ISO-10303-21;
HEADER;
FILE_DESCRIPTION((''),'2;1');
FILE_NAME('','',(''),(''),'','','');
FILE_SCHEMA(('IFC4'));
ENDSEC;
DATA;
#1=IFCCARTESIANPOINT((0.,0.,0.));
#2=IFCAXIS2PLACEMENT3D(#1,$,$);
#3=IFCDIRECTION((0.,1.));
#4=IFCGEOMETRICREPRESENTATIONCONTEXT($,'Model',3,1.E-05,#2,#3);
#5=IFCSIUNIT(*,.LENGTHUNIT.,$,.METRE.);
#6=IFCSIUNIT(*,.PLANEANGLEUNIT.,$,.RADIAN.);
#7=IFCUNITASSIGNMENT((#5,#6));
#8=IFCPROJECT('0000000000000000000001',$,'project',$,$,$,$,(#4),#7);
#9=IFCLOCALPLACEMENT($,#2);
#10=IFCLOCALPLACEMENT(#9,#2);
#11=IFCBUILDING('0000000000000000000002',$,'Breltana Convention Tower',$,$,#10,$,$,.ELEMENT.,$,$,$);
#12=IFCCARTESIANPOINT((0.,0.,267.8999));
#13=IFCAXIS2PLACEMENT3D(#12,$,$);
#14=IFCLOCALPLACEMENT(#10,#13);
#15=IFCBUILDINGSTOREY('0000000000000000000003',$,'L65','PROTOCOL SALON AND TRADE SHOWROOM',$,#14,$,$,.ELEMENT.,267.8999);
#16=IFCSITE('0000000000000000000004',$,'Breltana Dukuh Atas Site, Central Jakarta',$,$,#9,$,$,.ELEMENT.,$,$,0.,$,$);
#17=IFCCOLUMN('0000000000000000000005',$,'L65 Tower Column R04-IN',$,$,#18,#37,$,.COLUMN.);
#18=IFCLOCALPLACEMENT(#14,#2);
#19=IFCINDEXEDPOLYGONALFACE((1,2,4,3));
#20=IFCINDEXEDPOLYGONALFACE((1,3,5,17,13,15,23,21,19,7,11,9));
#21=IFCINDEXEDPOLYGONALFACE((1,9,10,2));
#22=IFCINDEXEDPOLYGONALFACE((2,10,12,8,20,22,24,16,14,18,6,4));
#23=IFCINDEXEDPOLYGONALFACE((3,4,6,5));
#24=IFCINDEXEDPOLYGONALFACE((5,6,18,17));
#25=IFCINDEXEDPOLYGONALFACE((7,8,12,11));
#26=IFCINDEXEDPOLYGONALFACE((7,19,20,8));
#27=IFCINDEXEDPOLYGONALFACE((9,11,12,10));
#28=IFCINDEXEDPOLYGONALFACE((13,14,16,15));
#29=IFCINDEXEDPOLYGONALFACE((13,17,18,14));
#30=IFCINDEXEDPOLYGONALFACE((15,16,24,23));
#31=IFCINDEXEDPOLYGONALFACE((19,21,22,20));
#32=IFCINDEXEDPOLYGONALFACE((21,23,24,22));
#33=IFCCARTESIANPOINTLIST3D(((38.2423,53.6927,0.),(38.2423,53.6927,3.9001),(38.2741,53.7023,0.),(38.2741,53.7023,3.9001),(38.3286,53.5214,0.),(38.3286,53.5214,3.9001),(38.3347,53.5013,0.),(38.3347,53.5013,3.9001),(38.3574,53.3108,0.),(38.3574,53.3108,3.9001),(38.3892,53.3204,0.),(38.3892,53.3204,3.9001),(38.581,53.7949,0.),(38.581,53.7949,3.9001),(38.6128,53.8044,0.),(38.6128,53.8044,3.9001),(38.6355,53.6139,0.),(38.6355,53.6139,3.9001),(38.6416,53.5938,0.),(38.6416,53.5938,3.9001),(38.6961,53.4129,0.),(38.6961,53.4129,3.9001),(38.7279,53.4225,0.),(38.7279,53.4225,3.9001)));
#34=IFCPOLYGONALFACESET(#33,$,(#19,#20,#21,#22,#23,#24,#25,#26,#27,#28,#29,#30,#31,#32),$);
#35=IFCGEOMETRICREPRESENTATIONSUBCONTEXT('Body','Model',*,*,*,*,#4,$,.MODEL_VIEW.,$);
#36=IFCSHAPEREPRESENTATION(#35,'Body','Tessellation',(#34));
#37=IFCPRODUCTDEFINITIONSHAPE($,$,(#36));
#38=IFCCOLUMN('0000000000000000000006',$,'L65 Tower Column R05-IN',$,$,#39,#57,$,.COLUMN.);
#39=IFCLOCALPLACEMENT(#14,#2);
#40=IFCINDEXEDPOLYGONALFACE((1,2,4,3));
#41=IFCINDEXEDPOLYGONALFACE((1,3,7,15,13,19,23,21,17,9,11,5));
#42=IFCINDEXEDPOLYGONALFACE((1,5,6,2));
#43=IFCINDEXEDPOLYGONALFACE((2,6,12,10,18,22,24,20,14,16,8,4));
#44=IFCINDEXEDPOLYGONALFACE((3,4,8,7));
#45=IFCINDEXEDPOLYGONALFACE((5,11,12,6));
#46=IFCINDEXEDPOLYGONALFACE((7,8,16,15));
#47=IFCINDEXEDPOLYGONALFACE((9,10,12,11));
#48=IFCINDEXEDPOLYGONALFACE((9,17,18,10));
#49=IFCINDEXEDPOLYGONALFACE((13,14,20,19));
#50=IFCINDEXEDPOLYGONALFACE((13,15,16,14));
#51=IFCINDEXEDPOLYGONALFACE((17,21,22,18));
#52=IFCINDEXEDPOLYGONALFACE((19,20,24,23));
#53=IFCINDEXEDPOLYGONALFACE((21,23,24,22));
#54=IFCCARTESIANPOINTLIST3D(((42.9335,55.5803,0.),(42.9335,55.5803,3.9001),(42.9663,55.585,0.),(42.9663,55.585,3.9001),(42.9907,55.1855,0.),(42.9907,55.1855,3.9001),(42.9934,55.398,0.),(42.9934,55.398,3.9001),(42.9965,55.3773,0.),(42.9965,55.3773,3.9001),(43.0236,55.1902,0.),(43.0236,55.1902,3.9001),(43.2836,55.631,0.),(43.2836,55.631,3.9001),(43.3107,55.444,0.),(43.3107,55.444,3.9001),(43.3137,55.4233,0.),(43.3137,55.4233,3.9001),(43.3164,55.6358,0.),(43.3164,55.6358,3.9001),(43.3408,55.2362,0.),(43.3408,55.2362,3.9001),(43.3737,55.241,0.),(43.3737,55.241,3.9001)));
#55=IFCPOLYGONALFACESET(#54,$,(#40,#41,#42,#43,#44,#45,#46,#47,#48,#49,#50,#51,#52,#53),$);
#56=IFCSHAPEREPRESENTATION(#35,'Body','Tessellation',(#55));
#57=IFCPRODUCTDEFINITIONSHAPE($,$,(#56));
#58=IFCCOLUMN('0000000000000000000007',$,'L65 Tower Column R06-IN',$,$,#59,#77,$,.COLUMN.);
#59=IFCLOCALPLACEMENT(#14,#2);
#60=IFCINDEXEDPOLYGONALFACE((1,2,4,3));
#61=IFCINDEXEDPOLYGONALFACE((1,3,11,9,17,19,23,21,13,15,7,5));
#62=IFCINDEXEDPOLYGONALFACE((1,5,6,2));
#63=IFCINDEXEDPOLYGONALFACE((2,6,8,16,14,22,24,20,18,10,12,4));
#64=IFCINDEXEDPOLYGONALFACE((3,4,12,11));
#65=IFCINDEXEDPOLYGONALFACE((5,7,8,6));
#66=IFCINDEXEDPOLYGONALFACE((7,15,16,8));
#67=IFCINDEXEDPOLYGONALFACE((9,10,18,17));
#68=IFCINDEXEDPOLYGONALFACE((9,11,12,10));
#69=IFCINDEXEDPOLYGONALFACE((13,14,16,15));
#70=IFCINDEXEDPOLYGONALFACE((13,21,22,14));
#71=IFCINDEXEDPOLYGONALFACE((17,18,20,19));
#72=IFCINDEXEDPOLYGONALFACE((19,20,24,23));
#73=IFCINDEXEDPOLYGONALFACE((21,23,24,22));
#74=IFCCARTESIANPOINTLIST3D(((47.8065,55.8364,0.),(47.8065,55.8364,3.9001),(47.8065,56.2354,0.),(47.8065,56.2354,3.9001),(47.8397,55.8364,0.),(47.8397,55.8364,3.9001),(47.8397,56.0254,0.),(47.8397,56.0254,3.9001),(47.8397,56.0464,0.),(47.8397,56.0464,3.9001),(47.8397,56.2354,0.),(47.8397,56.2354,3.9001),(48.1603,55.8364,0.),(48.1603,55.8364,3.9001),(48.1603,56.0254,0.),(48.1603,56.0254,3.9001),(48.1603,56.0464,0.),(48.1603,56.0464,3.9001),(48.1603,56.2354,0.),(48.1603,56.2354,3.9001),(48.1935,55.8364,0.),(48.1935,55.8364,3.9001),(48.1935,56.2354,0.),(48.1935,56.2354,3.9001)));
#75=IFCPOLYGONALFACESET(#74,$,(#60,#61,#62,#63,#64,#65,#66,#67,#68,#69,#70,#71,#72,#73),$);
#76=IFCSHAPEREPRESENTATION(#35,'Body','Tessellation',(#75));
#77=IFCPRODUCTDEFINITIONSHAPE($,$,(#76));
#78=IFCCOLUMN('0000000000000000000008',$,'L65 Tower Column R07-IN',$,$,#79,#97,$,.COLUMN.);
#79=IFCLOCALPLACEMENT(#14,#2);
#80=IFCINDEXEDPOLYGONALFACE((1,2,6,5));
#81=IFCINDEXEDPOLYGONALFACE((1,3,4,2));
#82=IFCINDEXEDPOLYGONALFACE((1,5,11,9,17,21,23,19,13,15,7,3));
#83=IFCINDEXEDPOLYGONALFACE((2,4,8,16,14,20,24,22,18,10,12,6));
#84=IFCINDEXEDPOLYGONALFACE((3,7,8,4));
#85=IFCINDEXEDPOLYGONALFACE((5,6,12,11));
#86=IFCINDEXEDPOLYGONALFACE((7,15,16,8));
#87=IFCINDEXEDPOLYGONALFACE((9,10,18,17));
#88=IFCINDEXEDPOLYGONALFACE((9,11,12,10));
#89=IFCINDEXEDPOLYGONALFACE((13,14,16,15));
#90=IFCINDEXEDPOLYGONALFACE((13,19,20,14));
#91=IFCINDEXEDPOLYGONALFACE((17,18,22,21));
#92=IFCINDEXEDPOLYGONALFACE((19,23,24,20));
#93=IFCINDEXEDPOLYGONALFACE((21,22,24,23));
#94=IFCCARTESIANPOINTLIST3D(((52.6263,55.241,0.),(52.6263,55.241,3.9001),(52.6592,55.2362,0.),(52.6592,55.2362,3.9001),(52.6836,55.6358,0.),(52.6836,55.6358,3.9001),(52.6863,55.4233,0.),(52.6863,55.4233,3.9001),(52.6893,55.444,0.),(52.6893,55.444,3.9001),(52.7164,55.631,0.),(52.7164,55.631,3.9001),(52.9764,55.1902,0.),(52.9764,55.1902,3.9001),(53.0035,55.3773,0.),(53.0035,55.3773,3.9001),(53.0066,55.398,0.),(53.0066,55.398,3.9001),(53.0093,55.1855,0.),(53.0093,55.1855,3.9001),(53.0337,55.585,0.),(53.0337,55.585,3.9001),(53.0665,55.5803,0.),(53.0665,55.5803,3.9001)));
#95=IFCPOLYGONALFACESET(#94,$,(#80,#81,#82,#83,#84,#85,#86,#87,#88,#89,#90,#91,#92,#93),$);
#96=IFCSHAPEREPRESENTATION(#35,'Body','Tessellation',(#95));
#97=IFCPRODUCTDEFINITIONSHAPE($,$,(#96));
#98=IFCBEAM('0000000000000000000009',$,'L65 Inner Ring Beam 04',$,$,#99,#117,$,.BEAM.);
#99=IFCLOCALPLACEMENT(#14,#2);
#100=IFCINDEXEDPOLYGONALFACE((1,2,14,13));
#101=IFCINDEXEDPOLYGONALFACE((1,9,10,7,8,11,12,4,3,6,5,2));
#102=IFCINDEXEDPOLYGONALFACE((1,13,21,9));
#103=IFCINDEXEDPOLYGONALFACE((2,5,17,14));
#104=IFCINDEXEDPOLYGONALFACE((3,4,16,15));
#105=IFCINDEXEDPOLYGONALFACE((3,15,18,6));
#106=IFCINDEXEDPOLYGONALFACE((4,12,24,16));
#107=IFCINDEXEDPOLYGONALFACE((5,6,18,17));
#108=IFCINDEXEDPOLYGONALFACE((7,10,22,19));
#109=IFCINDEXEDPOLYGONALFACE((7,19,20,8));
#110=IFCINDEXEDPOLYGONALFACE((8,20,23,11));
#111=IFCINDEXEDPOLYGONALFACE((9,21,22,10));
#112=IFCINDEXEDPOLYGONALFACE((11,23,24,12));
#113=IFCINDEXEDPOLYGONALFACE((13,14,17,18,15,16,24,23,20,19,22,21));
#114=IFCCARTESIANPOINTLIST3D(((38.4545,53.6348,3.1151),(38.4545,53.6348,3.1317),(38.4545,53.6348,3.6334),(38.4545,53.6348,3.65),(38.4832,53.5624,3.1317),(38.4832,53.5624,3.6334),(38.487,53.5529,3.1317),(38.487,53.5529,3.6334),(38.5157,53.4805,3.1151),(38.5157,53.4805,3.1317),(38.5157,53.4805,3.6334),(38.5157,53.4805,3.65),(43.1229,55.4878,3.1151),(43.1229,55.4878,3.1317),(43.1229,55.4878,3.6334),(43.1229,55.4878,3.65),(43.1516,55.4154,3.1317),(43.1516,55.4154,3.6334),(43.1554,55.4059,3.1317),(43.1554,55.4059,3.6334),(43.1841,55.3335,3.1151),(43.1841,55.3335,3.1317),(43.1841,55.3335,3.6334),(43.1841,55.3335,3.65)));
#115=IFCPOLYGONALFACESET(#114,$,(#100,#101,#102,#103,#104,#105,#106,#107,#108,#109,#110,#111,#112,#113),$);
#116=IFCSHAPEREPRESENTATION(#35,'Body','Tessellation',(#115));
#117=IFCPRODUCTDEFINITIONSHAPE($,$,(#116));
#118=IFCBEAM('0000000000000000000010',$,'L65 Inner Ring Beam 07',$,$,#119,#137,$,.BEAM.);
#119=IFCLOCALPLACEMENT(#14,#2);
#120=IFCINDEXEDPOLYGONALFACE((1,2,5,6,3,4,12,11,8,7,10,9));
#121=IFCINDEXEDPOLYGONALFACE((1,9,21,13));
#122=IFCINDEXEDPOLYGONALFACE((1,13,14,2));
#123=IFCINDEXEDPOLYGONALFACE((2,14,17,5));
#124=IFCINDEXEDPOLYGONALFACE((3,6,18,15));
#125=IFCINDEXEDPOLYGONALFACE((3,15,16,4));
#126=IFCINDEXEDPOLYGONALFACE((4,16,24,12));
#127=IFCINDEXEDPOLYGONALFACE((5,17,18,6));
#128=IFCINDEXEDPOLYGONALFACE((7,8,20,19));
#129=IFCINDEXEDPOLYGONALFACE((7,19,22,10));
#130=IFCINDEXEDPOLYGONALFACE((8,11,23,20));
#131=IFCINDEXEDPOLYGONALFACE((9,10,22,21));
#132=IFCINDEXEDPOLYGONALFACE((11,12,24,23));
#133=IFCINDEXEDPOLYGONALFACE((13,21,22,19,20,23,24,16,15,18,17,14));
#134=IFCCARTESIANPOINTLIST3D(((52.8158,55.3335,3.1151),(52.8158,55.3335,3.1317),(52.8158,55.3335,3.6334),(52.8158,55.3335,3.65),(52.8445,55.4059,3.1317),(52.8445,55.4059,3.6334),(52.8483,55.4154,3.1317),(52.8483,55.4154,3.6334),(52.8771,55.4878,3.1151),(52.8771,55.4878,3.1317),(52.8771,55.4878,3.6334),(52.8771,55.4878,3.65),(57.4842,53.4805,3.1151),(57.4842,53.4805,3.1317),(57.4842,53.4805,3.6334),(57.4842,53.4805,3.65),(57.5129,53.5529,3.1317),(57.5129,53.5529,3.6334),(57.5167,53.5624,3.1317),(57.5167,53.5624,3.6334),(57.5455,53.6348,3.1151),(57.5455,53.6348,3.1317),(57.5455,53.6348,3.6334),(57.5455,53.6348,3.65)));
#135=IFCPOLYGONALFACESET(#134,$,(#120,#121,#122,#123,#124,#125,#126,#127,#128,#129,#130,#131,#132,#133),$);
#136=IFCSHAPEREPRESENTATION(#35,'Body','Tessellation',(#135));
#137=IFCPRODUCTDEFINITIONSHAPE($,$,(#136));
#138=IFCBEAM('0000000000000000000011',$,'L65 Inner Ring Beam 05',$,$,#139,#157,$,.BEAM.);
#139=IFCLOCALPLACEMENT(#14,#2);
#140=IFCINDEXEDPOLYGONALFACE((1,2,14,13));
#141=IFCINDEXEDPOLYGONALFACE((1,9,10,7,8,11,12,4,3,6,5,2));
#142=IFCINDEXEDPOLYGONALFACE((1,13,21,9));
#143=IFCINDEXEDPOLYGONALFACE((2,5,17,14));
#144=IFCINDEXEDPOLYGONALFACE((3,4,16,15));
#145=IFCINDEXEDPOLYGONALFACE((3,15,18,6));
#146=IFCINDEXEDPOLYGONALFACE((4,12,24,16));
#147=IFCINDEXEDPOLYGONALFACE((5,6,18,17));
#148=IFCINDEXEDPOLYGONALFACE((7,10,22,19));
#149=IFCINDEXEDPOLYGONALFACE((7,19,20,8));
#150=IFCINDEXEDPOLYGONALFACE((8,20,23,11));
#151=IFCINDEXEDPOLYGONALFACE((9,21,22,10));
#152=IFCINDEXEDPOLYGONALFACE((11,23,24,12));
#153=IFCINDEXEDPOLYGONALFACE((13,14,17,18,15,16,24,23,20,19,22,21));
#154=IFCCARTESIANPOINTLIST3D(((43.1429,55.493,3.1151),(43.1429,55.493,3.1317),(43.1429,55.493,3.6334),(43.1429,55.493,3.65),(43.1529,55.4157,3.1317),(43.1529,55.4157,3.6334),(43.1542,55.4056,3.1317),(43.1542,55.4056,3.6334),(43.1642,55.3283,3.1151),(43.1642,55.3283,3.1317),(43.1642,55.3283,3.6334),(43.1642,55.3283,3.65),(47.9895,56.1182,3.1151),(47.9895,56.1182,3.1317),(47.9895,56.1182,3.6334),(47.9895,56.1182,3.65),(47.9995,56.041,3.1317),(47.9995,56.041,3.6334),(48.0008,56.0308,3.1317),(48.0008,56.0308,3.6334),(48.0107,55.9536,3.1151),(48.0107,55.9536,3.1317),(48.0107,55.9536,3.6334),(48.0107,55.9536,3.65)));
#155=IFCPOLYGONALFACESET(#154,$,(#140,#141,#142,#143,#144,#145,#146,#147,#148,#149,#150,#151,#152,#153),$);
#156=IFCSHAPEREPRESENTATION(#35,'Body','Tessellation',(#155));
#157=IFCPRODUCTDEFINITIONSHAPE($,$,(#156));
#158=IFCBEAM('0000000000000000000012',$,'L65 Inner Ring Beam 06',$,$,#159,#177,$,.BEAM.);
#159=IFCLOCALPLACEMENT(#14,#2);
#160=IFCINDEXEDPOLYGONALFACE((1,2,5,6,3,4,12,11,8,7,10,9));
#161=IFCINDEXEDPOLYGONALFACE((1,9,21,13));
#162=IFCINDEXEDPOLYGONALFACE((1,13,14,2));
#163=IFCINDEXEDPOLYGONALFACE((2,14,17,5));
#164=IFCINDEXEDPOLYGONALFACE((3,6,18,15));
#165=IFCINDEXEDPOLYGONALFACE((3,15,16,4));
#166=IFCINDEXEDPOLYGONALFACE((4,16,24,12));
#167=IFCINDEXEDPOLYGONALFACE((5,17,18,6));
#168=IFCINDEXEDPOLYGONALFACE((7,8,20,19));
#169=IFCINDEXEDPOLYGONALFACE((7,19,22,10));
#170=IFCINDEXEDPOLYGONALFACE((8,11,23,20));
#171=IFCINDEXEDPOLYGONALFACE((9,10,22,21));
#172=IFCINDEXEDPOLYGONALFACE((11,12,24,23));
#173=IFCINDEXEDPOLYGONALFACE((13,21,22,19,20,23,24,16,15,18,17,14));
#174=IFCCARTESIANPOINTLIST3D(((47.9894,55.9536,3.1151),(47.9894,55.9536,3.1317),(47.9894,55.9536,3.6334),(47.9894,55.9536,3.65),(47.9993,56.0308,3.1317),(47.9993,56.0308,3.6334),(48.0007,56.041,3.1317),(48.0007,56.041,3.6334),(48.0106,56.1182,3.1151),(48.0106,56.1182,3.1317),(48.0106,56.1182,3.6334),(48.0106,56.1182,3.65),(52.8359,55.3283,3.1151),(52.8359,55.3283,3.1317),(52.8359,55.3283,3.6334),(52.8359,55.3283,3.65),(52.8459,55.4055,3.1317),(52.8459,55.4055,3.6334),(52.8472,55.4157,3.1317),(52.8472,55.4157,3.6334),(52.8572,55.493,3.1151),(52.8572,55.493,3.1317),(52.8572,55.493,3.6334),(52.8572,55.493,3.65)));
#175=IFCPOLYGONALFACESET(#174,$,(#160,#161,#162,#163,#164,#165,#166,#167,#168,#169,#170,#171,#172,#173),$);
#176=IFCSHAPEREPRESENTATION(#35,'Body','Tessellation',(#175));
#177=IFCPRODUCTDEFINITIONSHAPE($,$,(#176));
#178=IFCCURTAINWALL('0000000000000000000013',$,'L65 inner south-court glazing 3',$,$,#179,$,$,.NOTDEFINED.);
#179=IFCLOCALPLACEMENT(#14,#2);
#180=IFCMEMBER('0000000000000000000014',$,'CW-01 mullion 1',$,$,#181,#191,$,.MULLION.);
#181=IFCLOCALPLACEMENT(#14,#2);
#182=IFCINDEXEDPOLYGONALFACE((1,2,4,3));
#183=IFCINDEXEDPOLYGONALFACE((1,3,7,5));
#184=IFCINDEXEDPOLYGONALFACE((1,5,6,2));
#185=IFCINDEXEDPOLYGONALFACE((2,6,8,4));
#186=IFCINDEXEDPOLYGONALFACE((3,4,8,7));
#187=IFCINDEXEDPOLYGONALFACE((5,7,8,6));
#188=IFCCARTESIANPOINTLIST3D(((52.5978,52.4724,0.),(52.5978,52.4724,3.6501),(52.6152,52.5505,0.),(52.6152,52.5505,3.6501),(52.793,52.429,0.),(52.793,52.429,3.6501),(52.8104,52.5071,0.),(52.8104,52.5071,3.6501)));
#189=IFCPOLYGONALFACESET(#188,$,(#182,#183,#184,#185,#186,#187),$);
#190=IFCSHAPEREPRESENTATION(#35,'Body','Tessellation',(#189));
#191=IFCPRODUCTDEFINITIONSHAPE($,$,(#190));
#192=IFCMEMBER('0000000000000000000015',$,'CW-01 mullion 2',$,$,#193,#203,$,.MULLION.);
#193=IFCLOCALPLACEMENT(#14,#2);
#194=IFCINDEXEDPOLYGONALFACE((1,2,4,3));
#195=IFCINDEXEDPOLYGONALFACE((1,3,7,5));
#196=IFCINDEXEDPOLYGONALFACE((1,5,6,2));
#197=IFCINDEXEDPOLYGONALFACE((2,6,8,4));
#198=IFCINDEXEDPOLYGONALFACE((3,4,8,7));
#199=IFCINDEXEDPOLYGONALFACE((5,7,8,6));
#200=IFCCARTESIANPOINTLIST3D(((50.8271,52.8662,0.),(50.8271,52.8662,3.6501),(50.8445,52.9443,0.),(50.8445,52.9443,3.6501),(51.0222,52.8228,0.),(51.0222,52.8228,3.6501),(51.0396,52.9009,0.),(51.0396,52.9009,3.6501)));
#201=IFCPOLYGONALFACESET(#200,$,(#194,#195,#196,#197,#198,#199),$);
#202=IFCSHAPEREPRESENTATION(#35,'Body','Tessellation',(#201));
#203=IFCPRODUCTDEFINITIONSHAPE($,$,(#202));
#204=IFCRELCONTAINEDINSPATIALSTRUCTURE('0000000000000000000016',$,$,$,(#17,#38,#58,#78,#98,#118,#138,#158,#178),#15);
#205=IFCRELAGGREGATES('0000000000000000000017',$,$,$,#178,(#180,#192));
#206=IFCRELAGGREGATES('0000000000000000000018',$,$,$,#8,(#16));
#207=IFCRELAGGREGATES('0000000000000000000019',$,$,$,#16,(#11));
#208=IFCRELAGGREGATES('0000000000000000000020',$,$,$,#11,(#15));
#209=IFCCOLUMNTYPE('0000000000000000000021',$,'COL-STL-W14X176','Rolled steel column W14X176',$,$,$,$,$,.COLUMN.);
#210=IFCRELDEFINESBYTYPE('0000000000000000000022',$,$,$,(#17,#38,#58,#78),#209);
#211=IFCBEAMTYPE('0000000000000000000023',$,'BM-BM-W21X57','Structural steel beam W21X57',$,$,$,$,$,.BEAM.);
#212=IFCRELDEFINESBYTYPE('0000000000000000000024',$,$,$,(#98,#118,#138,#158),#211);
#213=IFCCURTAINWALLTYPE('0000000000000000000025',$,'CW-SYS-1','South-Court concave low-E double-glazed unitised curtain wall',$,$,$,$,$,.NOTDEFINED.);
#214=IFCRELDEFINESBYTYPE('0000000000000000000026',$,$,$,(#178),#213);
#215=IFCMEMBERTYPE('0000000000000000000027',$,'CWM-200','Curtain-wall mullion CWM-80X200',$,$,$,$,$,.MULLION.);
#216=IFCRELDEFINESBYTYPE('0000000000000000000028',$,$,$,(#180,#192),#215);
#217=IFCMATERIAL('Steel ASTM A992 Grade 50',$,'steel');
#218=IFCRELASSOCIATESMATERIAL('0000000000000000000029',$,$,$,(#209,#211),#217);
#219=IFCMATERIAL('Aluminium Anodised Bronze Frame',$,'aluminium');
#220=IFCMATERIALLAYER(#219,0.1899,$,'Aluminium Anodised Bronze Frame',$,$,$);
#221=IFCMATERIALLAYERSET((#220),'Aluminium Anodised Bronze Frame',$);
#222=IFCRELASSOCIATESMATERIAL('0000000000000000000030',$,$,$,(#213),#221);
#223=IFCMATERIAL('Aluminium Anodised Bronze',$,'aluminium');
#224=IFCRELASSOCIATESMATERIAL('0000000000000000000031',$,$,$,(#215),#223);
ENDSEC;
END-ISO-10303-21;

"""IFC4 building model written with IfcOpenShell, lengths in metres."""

from ifc_helpers import new_model, si_unit, direction, frame, origin, origin_2d, place, context, subcontext, project, spatial, rectangle, i_section, extrude, source, transform, mapped, material, layer, layer_set, material_profile, profile_set, type_object, element, aggregate, save


model = new_model("IFC4")

# Units and contexts
model_context = context("Model", 3, precision=1e-05, world=origin(), true_north=direction((0.0, 1.0)))
body_context = subcontext(model_context, "Body", "Model", "MODEL_VIEW")
ifc_project = project(units=[si_unit("LENGTHUNIT", "METRE"), si_unit("PLANEANGLEUNIT", "RADIAN")], contexts=[model_context])

# Site, building, storey
site_placement = place(None, origin())
site = spatial("IfcSite", under=ifc_project, at=site_placement, Name="Breltana Dukuh Atas Site, Central Jakarta", CompositionType="ELEMENT", RefElevation=0.0)
building_placement = place(site_placement, origin())
building = spatial("IfcBuilding", under=site, at=building_placement, Name="Breltana Convention Tower", CompositionType="ELEMENT")
storey_placement = place(building_placement, frame((0.0, 0.0, 267.8999)))
storey = spatial("IfcBuildingStorey", under=building, at=storey_placement, Name="L65", Description="PROTOCOL SALON AND TRADE SHOWROOM", CompositionType="ELEMENT", Elevation=267.8999)

# Columns
ifc_material_1 = material(Name="Steel ASTM A992 Grade 50", Category="steel")
ifc_material_profile_1 = material_profile(ifc_material_1, i_section(OverallWidth=0.3989, OverallDepth=0.387, WebThickness=0.021, FlangeThickness=0.0332, at=origin_2d()), Name="W14X176")
ifc_profile_set_1 = profile_set([ifc_material_profile_1], Name="Steel ASTM A992 Grade 50")
column_type = type_object("IfcColumnType", Name="COL-STL-W14X176", Description="Rolled steel column W14X176", PredefinedType="COLUMN", material=ifc_profile_set_1)
shared_shape_1 = source(origin(), body_context, "Body", "SweptSolid", [
    extrude(i_section(OverallWidth=0.3989, OverallDepth=0.387, WebThickness=0.021, FlangeThickness=0.0332, at=origin_2d()), origin(), (0.0, 0.0, 1.0), 3.9001),
])
for number, where, z_axis, x_axis, name in (
    (1, (38.4851, 53.5576, 0.0), (0.0, 0.0, 1.0), (-0.288698, 0.95742, 0.0), "L65 Tower Column R04-IN"),
    (2, (43.1536, 55.4106, 0.0), (0.0, 0.0, 1.0), (-0.143493, 0.989651, 0.0), "L65 Tower Column R05-IN"),
    (3, (48.0, 56.0359, 0.0), (0.0, 0.0, 1.0), (0.0, 1.0, 0.0), "L65 Tower Column R06-IN"),
    (4, (52.8464, 55.4106, 0.0), (0.0, 0.0, 1.0), (0.143493, 0.989651, 0.0), "L65 Tower Column R07-IN"),
):
    element("IfcColumn", number, at=place(storey_placement, frame(where, z_axis=z_axis, x_axis=x_axis)), inside=storey, type_object=column_type, Name=name, PredefinedType="COLUMN", context=body_context, shape_type="MappedRepresentation", body=[
        mapped(shared_shape_1, transform((0.0, 0.0, 0.0), scale=1.0)),
    ])

# Beams
ifc_material_profile_2 = material_profile(ifc_material_1, i_section(OverallWidth=0.166, OverallDepth=0.5349, WebThickness=0.0103, FlangeThickness=0.0166, at=origin_2d()), Name="W21X57")
ifc_profile_set_2 = profile_set([ifc_material_profile_2], Name="Steel ASTM A992 Grade 50")
beam_type = type_object("IfcBeamType", Name="BM-BM-W21X57", Description="Structural steel beam W21X57", PredefinedType="BEAM", material=ifc_profile_set_2)
shared_shape_2 = source(origin(), body_context, "Body", "SweptSolid", [
    extrude(i_section(OverallWidth=0.166, OverallDepth=0.5349, WebThickness=0.0103, FlangeThickness=0.0166, at=origin_2d()), origin(), (0.0, 0.0, 1.0), 5.0227),
])
for number, where, z_axis, x_axis, name in (
    (5, (38.4851, 53.5576, 3.3826), (0.929459, 0.368926, 0.0), (-0.368926, 0.929459, 0.0), "L65 Inner Ring Beam 04"),
    (6, (52.8464, 55.4106, 3.3826), (0.929459, -0.368926, 0.0), (0.368926, 0.929459, 0.0), "L65 Inner Ring Beam 07"),
):
    element("IfcBeam", number, at=place(storey_placement, frame(where, z_axis=z_axis, x_axis=x_axis)), inside=storey, type_object=beam_type, Name=name, PredefinedType="BEAM", context=body_context, shape_type="MappedRepresentation", body=[
        mapped(shared_shape_2, transform((0.0, 0.0, 0.0), scale=1.0)),
    ])
shared_shape_3 = source(origin(), body_context, "Body", "SweptSolid", [
    extrude(i_section(OverallWidth=0.166, OverallDepth=0.5349, WebThickness=0.0103, FlangeThickness=0.0166, at=origin_2d()), origin(), (0.0, 0.0, 1.0), 4.8867),
])
for number, where, z_axis, x_axis, name in (
    (7, (43.1536, 55.4106, 3.3826), (0.991781, 0.127951, 0.0), (-0.127951, 0.991781, 0.0), "L65 Inner Ring Beam 05"),
    (8, (48.0, 56.0359, 3.3826), (0.991781, -0.127951, 0.0), (0.127951, 0.991781, 0.0), "L65 Inner Ring Beam 06"),
):
    element("IfcBeam", number, at=place(storey_placement, frame(where, z_axis=z_axis, x_axis=x_axis)), inside=storey, type_object=beam_type, Name=name, PredefinedType="BEAM", context=body_context, shape_type="MappedRepresentation", body=[
        mapped(shared_shape_3, transform((0.0, 0.0, 0.0), scale=1.0)),
    ])

# Curtain wall, members
ifc_material_2 = material(Name="Aluminium Anodised Bronze Frame", Category="aluminium")
ifc_layer_1 = layer(ifc_material_2, 0.1899, Name="Aluminium Anodised Bronze Frame")
ifc_layer_set_1 = layer_set([ifc_layer_1], Name="Aluminium Anodised Bronze Frame")
curtain_wall_type = type_object("IfcCurtainWallType", Name="CW-SYS-1", Description="South-Court concave low-E double-glazed unitised curtain wall", PredefinedType="NOTDEFINED", material=ifc_layer_set_1)
curtain_wall_1_placement = place(storey_placement, origin())
curtain_wall_1 = element("IfcCurtainWall", 9, at=curtain_wall_1_placement, inside=storey, type_object=curtain_wall_type, Name="L65 inner south-court glazing 3", PredefinedType="NOTDEFINED")
ifc_material_3 = material(Name="Aluminium Anodised Bronze", Category="aluminium")
ifc_material_profile_3 = material_profile(ifc_material_3, rectangle(XDim=0.0801, YDim=0.2, at=origin_2d()), Name="CWM-80X200")
ifc_profile_set_3 = profile_set([ifc_material_profile_3], Name="Aluminium Anodised Bronze")
member_type_1 = type_object("IfcMemberType", Name="CWM-200", Description="Curtain-wall mullion CWM-80X200", PredefinedType="MULLION", material=ifc_profile_set_3)
shared_shape_4 = source(origin(), body_context, "Body", "SweptSolid", [
    extrude(rectangle(XDim=0.0801, YDim=0.2, at=origin_2d()), origin(), (0.0, 0.0, 1.0), 3.6501),
])
member_1_placement = place(storey_placement, frame((52.7041, 52.4897, 0.0), z_axis=(0.0, 0.0, 1.0), x_axis=(-0.217098, -0.97615, 0.0)))
member_1 = element("IfcMember", 10, at=member_1_placement, type_object=member_type_1, Name="CW-01 mullion 1", PredefinedType="MULLION", context=body_context, shape_type="MappedRepresentation", body=[
    mapped(shared_shape_4, transform((0.0, 0.0, 0.0), scale=1.0)),
])
member_2_placement = place(storey_placement, frame((50.9333, 52.8835, 0.0), z_axis=(0.0, 0.0, 1.0), x_axis=(-0.217098, -0.97615, 0.0)))
member_2 = element("IfcMember", 11, at=member_2_placement, type_object=member_type_1, Name="CW-01 mullion 2", PredefinedType="MULLION", context=body_context, shape_type="MappedRepresentation", body=[
    mapped(shared_shape_4, transform((0.0, 0.0, 0.0), scale=1.0)),
])

aggregate(curtain_wall_1, [member_1, member_2])

save(model, "model.ifc")
